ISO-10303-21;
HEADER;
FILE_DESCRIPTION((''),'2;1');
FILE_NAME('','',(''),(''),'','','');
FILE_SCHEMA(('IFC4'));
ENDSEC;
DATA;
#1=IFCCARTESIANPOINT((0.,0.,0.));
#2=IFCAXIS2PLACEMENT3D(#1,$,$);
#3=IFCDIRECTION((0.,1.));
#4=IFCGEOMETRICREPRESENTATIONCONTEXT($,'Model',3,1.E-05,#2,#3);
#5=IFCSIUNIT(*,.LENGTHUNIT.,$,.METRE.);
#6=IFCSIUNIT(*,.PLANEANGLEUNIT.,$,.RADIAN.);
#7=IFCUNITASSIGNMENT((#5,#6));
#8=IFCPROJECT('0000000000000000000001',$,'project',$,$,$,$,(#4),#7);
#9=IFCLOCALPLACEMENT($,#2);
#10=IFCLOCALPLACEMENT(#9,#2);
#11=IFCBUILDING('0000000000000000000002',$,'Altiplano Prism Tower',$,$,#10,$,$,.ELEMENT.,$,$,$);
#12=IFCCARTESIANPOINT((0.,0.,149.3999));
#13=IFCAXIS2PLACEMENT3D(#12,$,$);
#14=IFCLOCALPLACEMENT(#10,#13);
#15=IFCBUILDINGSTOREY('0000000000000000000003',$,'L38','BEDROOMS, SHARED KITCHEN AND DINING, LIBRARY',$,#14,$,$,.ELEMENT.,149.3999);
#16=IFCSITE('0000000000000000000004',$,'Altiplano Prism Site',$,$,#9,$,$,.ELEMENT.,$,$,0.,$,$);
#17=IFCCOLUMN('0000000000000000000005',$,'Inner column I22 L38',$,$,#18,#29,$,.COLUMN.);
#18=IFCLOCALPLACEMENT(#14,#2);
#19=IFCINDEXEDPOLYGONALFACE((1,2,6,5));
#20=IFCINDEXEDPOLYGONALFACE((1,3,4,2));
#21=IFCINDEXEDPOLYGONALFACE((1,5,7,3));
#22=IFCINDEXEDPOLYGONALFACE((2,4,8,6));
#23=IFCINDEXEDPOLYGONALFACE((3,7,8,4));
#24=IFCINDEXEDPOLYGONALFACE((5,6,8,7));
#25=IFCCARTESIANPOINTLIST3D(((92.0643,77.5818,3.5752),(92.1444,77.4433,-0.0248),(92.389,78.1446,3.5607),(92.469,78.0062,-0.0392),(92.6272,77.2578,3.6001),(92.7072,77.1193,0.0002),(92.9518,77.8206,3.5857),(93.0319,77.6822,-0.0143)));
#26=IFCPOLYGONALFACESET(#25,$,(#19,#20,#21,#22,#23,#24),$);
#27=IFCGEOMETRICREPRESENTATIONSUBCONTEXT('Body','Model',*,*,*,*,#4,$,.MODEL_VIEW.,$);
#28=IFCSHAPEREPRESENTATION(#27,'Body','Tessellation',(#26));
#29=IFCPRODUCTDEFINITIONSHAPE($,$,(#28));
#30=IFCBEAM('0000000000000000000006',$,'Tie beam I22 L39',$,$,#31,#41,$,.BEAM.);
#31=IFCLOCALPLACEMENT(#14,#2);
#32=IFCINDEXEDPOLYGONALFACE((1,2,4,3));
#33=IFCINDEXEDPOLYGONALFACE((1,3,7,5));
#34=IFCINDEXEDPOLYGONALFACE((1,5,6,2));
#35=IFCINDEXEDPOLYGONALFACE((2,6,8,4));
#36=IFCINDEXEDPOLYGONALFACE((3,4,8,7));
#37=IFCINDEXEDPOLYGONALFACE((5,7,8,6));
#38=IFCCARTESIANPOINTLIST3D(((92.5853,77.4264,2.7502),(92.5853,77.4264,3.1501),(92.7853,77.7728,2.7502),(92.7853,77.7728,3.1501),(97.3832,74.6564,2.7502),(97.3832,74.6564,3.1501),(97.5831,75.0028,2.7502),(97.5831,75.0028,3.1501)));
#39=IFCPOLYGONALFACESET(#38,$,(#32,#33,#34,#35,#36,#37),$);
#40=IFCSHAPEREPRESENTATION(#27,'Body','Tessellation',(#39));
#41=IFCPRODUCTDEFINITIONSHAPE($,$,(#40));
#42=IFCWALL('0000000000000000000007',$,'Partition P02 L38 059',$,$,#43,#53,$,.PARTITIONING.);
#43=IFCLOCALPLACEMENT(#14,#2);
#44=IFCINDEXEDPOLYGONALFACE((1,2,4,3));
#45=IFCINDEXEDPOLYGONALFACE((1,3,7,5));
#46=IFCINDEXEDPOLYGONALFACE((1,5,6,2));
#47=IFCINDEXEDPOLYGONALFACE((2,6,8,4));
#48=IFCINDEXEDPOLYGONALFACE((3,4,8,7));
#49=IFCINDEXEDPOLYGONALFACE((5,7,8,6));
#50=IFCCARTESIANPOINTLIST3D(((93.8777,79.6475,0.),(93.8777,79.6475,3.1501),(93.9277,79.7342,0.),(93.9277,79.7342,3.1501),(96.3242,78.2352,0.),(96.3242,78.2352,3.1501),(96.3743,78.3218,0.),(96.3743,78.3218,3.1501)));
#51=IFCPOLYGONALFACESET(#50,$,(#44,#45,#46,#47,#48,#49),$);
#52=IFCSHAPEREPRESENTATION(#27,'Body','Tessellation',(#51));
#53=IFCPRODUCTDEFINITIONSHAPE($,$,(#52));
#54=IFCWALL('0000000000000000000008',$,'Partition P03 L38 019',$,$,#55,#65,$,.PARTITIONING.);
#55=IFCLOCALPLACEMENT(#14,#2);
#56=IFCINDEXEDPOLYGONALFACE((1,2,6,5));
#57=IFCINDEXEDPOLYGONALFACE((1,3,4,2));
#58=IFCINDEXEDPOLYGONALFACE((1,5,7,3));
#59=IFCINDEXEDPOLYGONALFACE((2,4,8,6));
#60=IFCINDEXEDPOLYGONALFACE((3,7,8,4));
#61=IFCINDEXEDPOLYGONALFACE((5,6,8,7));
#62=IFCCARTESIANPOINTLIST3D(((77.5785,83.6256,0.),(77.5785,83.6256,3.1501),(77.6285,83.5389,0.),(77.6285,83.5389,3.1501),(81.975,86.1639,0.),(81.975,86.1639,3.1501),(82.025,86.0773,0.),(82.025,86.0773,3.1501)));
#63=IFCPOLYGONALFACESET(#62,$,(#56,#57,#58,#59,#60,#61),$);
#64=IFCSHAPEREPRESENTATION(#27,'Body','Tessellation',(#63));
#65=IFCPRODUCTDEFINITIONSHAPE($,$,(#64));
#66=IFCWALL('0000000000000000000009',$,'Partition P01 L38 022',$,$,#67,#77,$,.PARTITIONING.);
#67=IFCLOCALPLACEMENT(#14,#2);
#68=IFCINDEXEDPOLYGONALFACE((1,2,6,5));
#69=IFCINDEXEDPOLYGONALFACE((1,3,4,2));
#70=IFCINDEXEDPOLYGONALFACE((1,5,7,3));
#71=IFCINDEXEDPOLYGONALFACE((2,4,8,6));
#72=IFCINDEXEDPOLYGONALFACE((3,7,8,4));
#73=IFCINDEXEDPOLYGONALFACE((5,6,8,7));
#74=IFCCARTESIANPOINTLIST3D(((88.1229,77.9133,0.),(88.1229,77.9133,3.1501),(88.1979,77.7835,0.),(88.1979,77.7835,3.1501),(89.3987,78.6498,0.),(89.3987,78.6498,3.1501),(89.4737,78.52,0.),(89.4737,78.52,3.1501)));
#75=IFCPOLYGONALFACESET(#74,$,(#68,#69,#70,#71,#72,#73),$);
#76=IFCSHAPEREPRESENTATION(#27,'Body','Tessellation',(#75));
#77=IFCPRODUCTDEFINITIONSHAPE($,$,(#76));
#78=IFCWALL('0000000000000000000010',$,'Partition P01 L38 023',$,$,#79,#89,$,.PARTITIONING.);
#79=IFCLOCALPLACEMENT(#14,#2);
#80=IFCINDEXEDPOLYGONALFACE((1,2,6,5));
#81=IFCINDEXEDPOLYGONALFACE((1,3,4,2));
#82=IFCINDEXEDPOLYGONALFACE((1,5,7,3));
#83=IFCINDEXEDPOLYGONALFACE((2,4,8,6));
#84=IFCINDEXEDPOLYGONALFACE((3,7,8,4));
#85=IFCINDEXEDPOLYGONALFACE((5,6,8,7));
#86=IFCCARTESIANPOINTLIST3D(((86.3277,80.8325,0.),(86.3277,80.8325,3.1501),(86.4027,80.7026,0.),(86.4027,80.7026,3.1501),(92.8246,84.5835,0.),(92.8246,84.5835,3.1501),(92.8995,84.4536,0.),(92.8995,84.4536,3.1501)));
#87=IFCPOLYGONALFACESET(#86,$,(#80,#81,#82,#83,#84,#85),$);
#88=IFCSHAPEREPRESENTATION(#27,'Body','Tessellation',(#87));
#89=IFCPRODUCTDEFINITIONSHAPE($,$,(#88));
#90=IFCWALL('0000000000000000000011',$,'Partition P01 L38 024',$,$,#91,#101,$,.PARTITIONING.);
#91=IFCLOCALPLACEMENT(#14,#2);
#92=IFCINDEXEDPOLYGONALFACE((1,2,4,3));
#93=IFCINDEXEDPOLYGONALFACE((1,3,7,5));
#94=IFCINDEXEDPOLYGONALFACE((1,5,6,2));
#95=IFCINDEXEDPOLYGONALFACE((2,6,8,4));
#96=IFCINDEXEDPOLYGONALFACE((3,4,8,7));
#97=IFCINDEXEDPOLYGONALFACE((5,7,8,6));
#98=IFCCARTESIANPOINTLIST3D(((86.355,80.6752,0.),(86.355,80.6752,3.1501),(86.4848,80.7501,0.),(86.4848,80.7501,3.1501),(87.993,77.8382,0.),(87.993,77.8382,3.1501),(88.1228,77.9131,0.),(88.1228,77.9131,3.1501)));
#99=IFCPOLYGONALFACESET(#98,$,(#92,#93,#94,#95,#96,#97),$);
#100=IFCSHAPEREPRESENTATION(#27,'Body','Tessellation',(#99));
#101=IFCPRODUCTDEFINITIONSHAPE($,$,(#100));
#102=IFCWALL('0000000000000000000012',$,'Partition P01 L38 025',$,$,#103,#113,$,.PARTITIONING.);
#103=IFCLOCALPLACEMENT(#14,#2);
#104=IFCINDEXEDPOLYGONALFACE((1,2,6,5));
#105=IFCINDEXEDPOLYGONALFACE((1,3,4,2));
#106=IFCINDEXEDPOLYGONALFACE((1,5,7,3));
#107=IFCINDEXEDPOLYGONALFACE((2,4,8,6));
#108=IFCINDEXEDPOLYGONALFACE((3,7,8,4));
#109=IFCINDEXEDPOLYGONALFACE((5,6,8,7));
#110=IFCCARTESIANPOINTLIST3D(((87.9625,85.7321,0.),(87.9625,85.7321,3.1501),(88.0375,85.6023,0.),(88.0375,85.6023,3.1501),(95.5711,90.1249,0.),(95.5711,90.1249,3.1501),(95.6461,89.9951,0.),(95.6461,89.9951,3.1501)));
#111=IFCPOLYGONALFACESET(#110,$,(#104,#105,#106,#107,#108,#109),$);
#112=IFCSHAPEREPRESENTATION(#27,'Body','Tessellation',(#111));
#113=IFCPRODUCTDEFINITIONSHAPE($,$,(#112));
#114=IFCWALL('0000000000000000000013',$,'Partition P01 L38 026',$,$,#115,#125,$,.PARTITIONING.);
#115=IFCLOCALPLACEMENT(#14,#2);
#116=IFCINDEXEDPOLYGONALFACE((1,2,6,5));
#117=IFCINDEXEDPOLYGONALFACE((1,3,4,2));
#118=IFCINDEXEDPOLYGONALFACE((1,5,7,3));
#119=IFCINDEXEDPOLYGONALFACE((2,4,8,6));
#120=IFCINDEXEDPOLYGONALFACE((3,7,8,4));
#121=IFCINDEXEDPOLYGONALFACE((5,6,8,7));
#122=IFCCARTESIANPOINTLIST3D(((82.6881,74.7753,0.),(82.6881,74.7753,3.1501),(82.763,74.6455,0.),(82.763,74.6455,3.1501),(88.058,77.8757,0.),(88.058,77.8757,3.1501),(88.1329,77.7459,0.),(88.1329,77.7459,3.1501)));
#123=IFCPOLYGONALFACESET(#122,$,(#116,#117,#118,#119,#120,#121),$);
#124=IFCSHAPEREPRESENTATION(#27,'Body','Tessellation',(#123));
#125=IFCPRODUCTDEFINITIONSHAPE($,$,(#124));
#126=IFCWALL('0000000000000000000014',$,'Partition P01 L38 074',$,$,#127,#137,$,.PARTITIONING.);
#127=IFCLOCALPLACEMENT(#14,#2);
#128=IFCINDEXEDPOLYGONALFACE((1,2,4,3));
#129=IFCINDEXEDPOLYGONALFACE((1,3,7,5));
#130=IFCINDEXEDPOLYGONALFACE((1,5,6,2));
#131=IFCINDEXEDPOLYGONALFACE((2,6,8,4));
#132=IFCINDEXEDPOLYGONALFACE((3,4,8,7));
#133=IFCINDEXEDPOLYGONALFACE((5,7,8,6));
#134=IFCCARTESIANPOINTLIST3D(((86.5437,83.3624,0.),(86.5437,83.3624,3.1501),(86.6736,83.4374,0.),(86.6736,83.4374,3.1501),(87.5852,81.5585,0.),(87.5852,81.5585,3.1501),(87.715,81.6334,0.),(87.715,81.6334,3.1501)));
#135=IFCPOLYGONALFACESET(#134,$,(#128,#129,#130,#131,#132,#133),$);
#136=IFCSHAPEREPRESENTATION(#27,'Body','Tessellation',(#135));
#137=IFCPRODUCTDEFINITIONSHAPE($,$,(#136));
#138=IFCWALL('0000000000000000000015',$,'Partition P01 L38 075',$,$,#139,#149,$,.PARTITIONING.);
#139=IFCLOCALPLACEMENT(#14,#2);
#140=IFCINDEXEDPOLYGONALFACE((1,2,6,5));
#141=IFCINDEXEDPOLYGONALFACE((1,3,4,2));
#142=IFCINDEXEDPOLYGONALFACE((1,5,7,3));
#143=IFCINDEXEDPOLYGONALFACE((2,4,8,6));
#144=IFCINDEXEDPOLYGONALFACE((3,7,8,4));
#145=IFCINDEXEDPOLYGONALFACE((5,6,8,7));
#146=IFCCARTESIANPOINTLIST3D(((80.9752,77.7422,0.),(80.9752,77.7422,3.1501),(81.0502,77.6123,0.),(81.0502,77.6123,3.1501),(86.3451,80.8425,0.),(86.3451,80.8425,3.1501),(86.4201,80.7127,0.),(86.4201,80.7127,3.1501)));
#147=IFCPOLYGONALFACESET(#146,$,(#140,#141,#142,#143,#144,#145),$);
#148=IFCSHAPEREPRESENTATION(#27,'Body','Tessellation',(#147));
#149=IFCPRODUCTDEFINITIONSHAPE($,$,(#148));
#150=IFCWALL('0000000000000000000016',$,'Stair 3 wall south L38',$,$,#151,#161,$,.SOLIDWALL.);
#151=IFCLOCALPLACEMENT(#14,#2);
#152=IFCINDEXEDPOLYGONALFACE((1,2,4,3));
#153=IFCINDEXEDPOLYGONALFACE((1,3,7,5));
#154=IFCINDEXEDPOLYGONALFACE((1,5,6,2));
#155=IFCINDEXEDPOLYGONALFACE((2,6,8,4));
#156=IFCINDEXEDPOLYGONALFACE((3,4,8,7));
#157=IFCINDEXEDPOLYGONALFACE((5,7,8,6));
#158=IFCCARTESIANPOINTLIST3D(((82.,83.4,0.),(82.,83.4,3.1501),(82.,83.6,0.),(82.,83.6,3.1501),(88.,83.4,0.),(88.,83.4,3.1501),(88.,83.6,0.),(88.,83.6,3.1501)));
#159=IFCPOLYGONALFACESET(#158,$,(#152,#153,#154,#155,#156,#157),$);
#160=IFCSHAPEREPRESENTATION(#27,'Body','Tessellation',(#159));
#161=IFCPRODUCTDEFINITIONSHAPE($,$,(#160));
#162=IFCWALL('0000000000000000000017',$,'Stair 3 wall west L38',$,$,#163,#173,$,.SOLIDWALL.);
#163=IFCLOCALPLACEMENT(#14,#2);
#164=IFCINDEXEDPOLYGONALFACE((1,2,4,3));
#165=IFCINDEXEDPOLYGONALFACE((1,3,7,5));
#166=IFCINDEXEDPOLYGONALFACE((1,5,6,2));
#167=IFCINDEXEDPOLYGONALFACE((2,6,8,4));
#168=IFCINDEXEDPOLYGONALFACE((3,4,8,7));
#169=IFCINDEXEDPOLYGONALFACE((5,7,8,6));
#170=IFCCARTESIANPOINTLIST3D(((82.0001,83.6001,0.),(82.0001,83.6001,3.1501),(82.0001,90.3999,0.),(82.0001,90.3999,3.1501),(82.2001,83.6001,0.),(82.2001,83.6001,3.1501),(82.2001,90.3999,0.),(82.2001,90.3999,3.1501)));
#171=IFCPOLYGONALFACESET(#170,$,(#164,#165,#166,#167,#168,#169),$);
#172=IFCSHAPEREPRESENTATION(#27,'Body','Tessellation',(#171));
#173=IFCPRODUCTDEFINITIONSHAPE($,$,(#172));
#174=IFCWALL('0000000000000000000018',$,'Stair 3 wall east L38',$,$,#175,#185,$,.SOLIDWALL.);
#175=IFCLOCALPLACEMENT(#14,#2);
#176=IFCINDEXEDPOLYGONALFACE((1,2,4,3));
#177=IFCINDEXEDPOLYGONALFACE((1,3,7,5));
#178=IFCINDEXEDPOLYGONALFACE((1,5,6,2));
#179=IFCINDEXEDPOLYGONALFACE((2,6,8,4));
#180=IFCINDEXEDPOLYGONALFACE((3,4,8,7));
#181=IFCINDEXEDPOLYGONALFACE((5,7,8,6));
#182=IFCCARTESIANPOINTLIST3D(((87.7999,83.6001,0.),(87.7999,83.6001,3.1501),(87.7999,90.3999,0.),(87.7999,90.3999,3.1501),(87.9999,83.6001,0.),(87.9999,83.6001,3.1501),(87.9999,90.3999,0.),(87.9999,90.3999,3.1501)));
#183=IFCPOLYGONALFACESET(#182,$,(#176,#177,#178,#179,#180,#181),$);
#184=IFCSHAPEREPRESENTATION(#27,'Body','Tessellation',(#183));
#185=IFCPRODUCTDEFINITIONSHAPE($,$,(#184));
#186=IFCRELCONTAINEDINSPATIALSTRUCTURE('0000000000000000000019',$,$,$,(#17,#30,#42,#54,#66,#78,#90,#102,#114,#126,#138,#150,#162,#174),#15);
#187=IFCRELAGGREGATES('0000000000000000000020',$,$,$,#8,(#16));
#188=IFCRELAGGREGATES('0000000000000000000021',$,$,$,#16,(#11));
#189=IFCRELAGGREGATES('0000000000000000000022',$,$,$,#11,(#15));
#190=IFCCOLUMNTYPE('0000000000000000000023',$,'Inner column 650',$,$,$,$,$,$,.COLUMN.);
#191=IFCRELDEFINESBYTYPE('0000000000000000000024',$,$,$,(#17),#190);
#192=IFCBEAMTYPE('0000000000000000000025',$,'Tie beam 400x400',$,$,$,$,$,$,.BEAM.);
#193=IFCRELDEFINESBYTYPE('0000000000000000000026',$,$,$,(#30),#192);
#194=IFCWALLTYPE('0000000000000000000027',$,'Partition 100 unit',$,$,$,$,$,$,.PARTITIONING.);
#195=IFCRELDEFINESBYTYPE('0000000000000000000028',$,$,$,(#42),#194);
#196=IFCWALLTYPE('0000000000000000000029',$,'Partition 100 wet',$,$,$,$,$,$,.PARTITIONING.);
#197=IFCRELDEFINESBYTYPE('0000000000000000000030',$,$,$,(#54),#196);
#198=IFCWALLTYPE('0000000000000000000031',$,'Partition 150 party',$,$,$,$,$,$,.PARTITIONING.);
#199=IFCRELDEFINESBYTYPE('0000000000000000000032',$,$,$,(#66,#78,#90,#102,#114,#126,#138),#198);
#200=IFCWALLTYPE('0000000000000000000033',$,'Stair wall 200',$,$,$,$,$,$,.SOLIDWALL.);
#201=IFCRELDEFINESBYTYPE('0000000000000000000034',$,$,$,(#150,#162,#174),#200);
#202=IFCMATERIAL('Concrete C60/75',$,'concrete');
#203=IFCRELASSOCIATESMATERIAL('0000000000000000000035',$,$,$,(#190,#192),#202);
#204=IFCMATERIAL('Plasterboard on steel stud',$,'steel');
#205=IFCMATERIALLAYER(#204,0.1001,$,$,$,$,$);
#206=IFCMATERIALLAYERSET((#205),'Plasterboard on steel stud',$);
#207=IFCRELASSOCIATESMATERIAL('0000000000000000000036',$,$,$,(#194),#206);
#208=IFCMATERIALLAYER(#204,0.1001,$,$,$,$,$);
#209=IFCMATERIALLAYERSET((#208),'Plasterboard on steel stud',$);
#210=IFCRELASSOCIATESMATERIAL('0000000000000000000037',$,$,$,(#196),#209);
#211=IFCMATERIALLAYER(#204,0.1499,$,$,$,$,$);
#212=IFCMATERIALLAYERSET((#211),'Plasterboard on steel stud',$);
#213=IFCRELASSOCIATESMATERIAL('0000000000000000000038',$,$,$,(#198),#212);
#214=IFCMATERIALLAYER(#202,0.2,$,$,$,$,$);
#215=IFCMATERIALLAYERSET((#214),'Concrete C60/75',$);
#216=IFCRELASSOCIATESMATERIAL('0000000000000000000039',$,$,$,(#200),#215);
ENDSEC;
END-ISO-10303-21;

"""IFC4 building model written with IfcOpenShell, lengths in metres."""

from ifc_helpers import new_model, si_unit, direction, frame, frame_2d, origin, origin_2d, place, context, subcontext, project, spatial, rectangle, extrude, material, layer, layer_set, material_profile, profile_set, type_object, element, save


model = new_model("IFC4")

# Units and contexts
model_context = context("Model", 3, precision=1e-05, world=origin(), true_north=direction((0.0, 1.0)))
body_context = subcontext(model_context, "Body", "Model", "MODEL_VIEW")
ifc_project = project(units=[si_unit("LENGTHUNIT", "METRE"), si_unit("PLANEANGLEUNIT", "RADIAN")], contexts=[model_context])

# Site, building, storey
site_placement = place(None, origin())
site = spatial("IfcSite", under=ifc_project, at=site_placement, Name="Altiplano Prism Site", CompositionType="ELEMENT", RefElevation=0.0)
building_placement = place(site_placement, origin())
building = spatial("IfcBuilding", under=site, at=building_placement, Name="Altiplano Prism Tower", CompositionType="ELEMENT")
storey_placement = place(building_placement, frame((0.0, 0.0, 149.3999)))
storey = spatial("IfcBuildingStorey", under=building, at=storey_placement, Name="L38", Description="BEDROOMS, SHARED KITCHEN AND DINING, LIBRARY", CompositionType="ELEMENT", Elevation=149.3999)

# Column
ifc_material_1 = material(Name="Concrete C60/75", Category="concrete")
ifc_material_profile_1 = material_profile(ifc_material_1, rectangle(XDim=0.6499, YDim=0.6499, at=origin_2d()), Name="Inner column 650")
ifc_profile_set_1 = profile_set([ifc_material_profile_1], Name="Concrete C60/75")
column_type = type_object("IfcColumnType", Name="Inner column 650", PredefinedType="COLUMN", material=ifc_profile_set_1)
column_placement = place(storey_placement, frame((92.5881, 77.5627, -0.0195), z_axis=(-0.022223, 0.038416, 0.999015), x_axis=(-0.499513, -0.866022, 0.02219)))
element("IfcColumn", 1, at=column_placement, inside=storey, type_object=column_type, Name="Inner column I22 L38", PredefinedType="COLUMN", context=body_context, shape_type="SweptSolid", body=[
    extrude(rectangle(XDim=0.6499, YDim=0.6499, at=origin_2d()), origin(), (0.0, 0.0, 1.0), 3.6035),
])

# Beam
ifc_material_profile_2 = material_profile(ifc_material_1, rectangle(XDim=0.3999, YDim=0.3999, at=origin_2d()), Name="Tie beam 400x400")
ifc_profile_set_2 = profile_set([ifc_material_profile_2], Name="Concrete C60/75")
beam_type = type_object("IfcBeamType", Name="Tie beam 400x400", PredefinedType="BEAM", material=ifc_profile_set_2)
beam_placement = place(storey_placement, frame((92.6853, 77.5996, 2.9502), z_axis=(0.866027, -0.499997, 0.0), x_axis=(0.499997, 0.866027, 0.0)))
element("IfcBeam", 2, at=beam_placement, inside=storey, type_object=beam_type, Name="Tie beam I22 L39", PredefinedType="BEAM", context=body_context, shape_type="SweptSolid", body=[
    extrude(rectangle(XDim=0.3999, YDim=0.3999, at=origin_2d()), origin(), (0.0, 0.0, 1.0), 5.54),
])

# Walls
ifc_material_2 = material(Name="Plasterboard on steel stud", Category="steel")
ifc_layer_1 = layer(ifc_material_2, 0.1001)
ifc_layer_set_1 = layer_set([ifc_layer_1], Name="Plasterboard on steel stud")
wall_type_1 = type_object("IfcWallType", Name="Partition 100 unit", PredefinedType="PARTITIONING", material=ifc_layer_set_1)
wall_1_placement = place(storey_placement, frame((93.9026, 79.6909, 0.0), z_axis=(0.0, 0.0, 1.0), x_axis=(0.866049, -0.499959, 0.0)))
element("IfcWall", 3, at=wall_1_placement, inside=storey, type_object=wall_type_1, Name="Partition P02 L38 059", PredefinedType="PARTITIONING", context=body_context, shape_type="SweptSolid", body=[
    extrude(rectangle(XDim=2.825, YDim=0.1001, at=frame_2d((1.4126, 0.0))), origin(), (0.0, 0.0, 1.0), 3.1501),
])
ifc_layer_2 = layer(ifc_material_2, 0.1001)
ifc_layer_set_2 = layer_set([ifc_layer_2], Name="Plasterboard on steel stud")
wall_type_2 = type_object("IfcWallType", Name="Partition 100 wet", PredefinedType="PARTITIONING", material=ifc_layer_set_2)
wall_2_placement = place(storey_placement, frame((82.0, 86.1206, 0.0), z_axis=(0.0, 0.0, 1.0), x_axis=(-0.866024, -0.500003, 0.0)))
element("IfcWall", 4, at=wall_2_placement, inside=storey, type_object=wall_type_2, Name="Partition P03 L38 019", PredefinedType="PARTITIONING", context=body_context, shape_type="SweptSolid", body=[
    extrude(rectangle(XDim=5.0767, YDim=0.1001, at=frame_2d((2.5383, 0.0))), origin(), (0.0, 0.0, 1.0), 3.1501),
])
ifc_layer_3 = layer(ifc_material_2, 0.1499)
ifc_layer_set_3 = layer_set([ifc_layer_3], Name="Plasterboard on steel stud")
wall_type_3 = type_object("IfcWallType", Name="Partition 150 party", PredefinedType="PARTITIONING", material=ifc_layer_set_3)
wall_3_placement = place(storey_placement, frame((88.1604, 77.8484, 0.0), z_axis=(0.0, 0.0, 1.0), x_axis=(0.866042, 0.499971, 0.0)))
element("IfcWall", 5, at=wall_3_placement, inside=storey, type_object=wall_type_3, Name="Partition P01 L38 022", PredefinedType="PARTITIONING", context=body_context, shape_type="SweptSolid", body=[
    extrude(rectangle(XDim=1.4731, YDim=0.1499, at=frame_2d((0.7366, 0.0))), origin(), (0.0, 0.0, 1.0), 3.1501),
])
wall_4_placement = place(storey_placement, frame((92.8621, 84.5186, 0.0), z_axis=(0.0, 0.0, 1.0), x_axis=(-0.866024, -0.500003, 0.0)))
element("IfcWall", 6, at=wall_4_placement, inside=storey, type_object=wall_type_3, Name="Partition P01 L38 023", PredefinedType="PARTITIONING", context=body_context, shape_type="SweptSolid", body=[
    extrude(rectangle(XDim=7.502, YDim=0.1499, at=frame_2d((3.751, 0.0))), origin(), (0.0, 0.0, 1.0), 3.1501),
])
wall_5_placement = place(storey_placement, frame((86.4199, 80.7126, 0.0), z_axis=(0.0, 0.0, 1.0), x_axis=(0.500011, -0.866019, 0.0)))
element("IfcWall", 7, at=wall_5_placement, inside=storey, type_object=wall_type_3, Name="Partition P01 L38 024", PredefinedType="PARTITIONING", context=body_context, shape_type="SweptSolid", body=[
    extrude(rectangle(XDim=3.2759, YDim=0.1499, at=frame_2d((1.6379, 0.0))), origin(), (0.0, 0.0, 1.0), 3.1501),
])
wall_6_placement = place(storey_placement, frame((88.0, 85.6672, 0.0), z_axis=(0.0, 0.0, 1.0), x_axis=(0.866027, 0.499997, 0.0)))
element("IfcWall", 8, at=wall_6_placement, inside=storey, type_object=wall_type_3, Name="Partition P01 L38 025", PredefinedType="PARTITIONING", context=body_context, shape_type="SweptSolid", body=[
    extrude(rectangle(XDim=8.7856, YDim=0.1499, at=frame_2d((4.3928, 0.0))), origin(), (0.0, 0.0, 1.0), 3.1501),
])
wall_7_placement = place(storey_placement, frame((88.0955, 77.8108, 0.0), z_axis=(0.0, 0.0, 1.0), x_axis=(-0.866022, -0.500005, 0.0)))
element("IfcWall", 9, at=wall_7_placement, inside=storey, type_object=wall_type_3, Name="Partition P01 L38 026", PredefinedType="PARTITIONING", context=body_context, shape_type="SweptSolid", body=[
    extrude(rectangle(XDim=6.2007, YDim=0.1499, at=frame_2d((3.1003, 0.0))), origin(), (0.0, 0.0, 1.0), 3.1501),
])
wall_8_placement = place(storey_placement, frame((86.6086, 83.3999, 0.0), z_axis=(0.0, 0.0, 1.0), x_axis=(0.499996, -0.866027, 0.0)))
element("IfcWall", 10, at=wall_8_placement, inside=storey, type_object=wall_type_3, Name="Partition P01 L38 074", PredefinedType="PARTITIONING", context=body_context, shape_type="SweptSolid", body=[
    extrude(rectangle(XDim=2.083, YDim=0.1499, at=frame_2d((1.0415, 0.0))), origin(), (0.0, 0.0, 1.0), 3.1501),
])
wall_9_placement = place(storey_placement, frame((81.0127, 77.6772, 0.0), z_axis=(0.0, 0.0, 1.0), x_axis=(0.866022, 0.500005, 0.0)))
element("IfcWall", 11, at=wall_9_placement, inside=storey, type_object=wall_type_3, Name="Partition P01 L38 075", PredefinedType="PARTITIONING", context=body_context, shape_type="SweptSolid", body=[
    extrude(rectangle(XDim=6.2007, YDim=0.1499, at=frame_2d((3.1003, 0.0))), origin(), (0.0, 0.0, 1.0), 3.1501),
])
ifc_layer_4 = layer(ifc_material_1, 0.2)
ifc_layer_set_4 = layer_set([ifc_layer_4], Name="Concrete C60/75")
wall_type_4 = type_object("IfcWallType", Name="Stair wall 200", PredefinedType="SOLIDWALL", material=ifc_layer_set_4)
wall_10_placement = place(storey_placement, frame((82.0, 83.5, 0.0), z_axis=(0.0, 0.0, 1.0), x_axis=(1.0, 0.0, 0.0)))
element("IfcWall", 12, at=wall_10_placement, inside=storey, type_object=wall_type_4, Name="Stair 3 wall south L38", PredefinedType="SOLIDWALL", context=body_context, shape_type="SweptSolid", body=[
    extrude(rectangle(XDim=6.0, YDim=0.2, at=frame_2d((3.0, 0.0))), origin(), (0.0, 0.0, 1.0), 3.1501),
])
for number, where, z_axis, x_axis, name in (
    (13, (82.1001, 83.6001, 0.0), (0.0, 0.0, 1.0), (0.0, 1.0, 0.0), "Stair 3 wall west L38"),
    (14, (87.8999, 83.6001, 0.0), (0.0, 0.0, 1.0), (0.0, 1.0, 0.0), "Stair 3 wall east L38"),
):
    element("IfcWall", number, at=place(storey_placement, frame(where, z_axis=z_axis, x_axis=x_axis)), inside=storey, type_object=wall_type_4, Name=name, PredefinedType="SOLIDWALL", context=body_context, shape_type="SweptSolid", body=[
        extrude(rectangle(XDim=6.7998, YDim=0.2, at=frame_2d((3.3999, 0.0))), origin(), (0.0, 0.0, 1.0), 3.1501),
    ])

save(model, "model.ifc")
